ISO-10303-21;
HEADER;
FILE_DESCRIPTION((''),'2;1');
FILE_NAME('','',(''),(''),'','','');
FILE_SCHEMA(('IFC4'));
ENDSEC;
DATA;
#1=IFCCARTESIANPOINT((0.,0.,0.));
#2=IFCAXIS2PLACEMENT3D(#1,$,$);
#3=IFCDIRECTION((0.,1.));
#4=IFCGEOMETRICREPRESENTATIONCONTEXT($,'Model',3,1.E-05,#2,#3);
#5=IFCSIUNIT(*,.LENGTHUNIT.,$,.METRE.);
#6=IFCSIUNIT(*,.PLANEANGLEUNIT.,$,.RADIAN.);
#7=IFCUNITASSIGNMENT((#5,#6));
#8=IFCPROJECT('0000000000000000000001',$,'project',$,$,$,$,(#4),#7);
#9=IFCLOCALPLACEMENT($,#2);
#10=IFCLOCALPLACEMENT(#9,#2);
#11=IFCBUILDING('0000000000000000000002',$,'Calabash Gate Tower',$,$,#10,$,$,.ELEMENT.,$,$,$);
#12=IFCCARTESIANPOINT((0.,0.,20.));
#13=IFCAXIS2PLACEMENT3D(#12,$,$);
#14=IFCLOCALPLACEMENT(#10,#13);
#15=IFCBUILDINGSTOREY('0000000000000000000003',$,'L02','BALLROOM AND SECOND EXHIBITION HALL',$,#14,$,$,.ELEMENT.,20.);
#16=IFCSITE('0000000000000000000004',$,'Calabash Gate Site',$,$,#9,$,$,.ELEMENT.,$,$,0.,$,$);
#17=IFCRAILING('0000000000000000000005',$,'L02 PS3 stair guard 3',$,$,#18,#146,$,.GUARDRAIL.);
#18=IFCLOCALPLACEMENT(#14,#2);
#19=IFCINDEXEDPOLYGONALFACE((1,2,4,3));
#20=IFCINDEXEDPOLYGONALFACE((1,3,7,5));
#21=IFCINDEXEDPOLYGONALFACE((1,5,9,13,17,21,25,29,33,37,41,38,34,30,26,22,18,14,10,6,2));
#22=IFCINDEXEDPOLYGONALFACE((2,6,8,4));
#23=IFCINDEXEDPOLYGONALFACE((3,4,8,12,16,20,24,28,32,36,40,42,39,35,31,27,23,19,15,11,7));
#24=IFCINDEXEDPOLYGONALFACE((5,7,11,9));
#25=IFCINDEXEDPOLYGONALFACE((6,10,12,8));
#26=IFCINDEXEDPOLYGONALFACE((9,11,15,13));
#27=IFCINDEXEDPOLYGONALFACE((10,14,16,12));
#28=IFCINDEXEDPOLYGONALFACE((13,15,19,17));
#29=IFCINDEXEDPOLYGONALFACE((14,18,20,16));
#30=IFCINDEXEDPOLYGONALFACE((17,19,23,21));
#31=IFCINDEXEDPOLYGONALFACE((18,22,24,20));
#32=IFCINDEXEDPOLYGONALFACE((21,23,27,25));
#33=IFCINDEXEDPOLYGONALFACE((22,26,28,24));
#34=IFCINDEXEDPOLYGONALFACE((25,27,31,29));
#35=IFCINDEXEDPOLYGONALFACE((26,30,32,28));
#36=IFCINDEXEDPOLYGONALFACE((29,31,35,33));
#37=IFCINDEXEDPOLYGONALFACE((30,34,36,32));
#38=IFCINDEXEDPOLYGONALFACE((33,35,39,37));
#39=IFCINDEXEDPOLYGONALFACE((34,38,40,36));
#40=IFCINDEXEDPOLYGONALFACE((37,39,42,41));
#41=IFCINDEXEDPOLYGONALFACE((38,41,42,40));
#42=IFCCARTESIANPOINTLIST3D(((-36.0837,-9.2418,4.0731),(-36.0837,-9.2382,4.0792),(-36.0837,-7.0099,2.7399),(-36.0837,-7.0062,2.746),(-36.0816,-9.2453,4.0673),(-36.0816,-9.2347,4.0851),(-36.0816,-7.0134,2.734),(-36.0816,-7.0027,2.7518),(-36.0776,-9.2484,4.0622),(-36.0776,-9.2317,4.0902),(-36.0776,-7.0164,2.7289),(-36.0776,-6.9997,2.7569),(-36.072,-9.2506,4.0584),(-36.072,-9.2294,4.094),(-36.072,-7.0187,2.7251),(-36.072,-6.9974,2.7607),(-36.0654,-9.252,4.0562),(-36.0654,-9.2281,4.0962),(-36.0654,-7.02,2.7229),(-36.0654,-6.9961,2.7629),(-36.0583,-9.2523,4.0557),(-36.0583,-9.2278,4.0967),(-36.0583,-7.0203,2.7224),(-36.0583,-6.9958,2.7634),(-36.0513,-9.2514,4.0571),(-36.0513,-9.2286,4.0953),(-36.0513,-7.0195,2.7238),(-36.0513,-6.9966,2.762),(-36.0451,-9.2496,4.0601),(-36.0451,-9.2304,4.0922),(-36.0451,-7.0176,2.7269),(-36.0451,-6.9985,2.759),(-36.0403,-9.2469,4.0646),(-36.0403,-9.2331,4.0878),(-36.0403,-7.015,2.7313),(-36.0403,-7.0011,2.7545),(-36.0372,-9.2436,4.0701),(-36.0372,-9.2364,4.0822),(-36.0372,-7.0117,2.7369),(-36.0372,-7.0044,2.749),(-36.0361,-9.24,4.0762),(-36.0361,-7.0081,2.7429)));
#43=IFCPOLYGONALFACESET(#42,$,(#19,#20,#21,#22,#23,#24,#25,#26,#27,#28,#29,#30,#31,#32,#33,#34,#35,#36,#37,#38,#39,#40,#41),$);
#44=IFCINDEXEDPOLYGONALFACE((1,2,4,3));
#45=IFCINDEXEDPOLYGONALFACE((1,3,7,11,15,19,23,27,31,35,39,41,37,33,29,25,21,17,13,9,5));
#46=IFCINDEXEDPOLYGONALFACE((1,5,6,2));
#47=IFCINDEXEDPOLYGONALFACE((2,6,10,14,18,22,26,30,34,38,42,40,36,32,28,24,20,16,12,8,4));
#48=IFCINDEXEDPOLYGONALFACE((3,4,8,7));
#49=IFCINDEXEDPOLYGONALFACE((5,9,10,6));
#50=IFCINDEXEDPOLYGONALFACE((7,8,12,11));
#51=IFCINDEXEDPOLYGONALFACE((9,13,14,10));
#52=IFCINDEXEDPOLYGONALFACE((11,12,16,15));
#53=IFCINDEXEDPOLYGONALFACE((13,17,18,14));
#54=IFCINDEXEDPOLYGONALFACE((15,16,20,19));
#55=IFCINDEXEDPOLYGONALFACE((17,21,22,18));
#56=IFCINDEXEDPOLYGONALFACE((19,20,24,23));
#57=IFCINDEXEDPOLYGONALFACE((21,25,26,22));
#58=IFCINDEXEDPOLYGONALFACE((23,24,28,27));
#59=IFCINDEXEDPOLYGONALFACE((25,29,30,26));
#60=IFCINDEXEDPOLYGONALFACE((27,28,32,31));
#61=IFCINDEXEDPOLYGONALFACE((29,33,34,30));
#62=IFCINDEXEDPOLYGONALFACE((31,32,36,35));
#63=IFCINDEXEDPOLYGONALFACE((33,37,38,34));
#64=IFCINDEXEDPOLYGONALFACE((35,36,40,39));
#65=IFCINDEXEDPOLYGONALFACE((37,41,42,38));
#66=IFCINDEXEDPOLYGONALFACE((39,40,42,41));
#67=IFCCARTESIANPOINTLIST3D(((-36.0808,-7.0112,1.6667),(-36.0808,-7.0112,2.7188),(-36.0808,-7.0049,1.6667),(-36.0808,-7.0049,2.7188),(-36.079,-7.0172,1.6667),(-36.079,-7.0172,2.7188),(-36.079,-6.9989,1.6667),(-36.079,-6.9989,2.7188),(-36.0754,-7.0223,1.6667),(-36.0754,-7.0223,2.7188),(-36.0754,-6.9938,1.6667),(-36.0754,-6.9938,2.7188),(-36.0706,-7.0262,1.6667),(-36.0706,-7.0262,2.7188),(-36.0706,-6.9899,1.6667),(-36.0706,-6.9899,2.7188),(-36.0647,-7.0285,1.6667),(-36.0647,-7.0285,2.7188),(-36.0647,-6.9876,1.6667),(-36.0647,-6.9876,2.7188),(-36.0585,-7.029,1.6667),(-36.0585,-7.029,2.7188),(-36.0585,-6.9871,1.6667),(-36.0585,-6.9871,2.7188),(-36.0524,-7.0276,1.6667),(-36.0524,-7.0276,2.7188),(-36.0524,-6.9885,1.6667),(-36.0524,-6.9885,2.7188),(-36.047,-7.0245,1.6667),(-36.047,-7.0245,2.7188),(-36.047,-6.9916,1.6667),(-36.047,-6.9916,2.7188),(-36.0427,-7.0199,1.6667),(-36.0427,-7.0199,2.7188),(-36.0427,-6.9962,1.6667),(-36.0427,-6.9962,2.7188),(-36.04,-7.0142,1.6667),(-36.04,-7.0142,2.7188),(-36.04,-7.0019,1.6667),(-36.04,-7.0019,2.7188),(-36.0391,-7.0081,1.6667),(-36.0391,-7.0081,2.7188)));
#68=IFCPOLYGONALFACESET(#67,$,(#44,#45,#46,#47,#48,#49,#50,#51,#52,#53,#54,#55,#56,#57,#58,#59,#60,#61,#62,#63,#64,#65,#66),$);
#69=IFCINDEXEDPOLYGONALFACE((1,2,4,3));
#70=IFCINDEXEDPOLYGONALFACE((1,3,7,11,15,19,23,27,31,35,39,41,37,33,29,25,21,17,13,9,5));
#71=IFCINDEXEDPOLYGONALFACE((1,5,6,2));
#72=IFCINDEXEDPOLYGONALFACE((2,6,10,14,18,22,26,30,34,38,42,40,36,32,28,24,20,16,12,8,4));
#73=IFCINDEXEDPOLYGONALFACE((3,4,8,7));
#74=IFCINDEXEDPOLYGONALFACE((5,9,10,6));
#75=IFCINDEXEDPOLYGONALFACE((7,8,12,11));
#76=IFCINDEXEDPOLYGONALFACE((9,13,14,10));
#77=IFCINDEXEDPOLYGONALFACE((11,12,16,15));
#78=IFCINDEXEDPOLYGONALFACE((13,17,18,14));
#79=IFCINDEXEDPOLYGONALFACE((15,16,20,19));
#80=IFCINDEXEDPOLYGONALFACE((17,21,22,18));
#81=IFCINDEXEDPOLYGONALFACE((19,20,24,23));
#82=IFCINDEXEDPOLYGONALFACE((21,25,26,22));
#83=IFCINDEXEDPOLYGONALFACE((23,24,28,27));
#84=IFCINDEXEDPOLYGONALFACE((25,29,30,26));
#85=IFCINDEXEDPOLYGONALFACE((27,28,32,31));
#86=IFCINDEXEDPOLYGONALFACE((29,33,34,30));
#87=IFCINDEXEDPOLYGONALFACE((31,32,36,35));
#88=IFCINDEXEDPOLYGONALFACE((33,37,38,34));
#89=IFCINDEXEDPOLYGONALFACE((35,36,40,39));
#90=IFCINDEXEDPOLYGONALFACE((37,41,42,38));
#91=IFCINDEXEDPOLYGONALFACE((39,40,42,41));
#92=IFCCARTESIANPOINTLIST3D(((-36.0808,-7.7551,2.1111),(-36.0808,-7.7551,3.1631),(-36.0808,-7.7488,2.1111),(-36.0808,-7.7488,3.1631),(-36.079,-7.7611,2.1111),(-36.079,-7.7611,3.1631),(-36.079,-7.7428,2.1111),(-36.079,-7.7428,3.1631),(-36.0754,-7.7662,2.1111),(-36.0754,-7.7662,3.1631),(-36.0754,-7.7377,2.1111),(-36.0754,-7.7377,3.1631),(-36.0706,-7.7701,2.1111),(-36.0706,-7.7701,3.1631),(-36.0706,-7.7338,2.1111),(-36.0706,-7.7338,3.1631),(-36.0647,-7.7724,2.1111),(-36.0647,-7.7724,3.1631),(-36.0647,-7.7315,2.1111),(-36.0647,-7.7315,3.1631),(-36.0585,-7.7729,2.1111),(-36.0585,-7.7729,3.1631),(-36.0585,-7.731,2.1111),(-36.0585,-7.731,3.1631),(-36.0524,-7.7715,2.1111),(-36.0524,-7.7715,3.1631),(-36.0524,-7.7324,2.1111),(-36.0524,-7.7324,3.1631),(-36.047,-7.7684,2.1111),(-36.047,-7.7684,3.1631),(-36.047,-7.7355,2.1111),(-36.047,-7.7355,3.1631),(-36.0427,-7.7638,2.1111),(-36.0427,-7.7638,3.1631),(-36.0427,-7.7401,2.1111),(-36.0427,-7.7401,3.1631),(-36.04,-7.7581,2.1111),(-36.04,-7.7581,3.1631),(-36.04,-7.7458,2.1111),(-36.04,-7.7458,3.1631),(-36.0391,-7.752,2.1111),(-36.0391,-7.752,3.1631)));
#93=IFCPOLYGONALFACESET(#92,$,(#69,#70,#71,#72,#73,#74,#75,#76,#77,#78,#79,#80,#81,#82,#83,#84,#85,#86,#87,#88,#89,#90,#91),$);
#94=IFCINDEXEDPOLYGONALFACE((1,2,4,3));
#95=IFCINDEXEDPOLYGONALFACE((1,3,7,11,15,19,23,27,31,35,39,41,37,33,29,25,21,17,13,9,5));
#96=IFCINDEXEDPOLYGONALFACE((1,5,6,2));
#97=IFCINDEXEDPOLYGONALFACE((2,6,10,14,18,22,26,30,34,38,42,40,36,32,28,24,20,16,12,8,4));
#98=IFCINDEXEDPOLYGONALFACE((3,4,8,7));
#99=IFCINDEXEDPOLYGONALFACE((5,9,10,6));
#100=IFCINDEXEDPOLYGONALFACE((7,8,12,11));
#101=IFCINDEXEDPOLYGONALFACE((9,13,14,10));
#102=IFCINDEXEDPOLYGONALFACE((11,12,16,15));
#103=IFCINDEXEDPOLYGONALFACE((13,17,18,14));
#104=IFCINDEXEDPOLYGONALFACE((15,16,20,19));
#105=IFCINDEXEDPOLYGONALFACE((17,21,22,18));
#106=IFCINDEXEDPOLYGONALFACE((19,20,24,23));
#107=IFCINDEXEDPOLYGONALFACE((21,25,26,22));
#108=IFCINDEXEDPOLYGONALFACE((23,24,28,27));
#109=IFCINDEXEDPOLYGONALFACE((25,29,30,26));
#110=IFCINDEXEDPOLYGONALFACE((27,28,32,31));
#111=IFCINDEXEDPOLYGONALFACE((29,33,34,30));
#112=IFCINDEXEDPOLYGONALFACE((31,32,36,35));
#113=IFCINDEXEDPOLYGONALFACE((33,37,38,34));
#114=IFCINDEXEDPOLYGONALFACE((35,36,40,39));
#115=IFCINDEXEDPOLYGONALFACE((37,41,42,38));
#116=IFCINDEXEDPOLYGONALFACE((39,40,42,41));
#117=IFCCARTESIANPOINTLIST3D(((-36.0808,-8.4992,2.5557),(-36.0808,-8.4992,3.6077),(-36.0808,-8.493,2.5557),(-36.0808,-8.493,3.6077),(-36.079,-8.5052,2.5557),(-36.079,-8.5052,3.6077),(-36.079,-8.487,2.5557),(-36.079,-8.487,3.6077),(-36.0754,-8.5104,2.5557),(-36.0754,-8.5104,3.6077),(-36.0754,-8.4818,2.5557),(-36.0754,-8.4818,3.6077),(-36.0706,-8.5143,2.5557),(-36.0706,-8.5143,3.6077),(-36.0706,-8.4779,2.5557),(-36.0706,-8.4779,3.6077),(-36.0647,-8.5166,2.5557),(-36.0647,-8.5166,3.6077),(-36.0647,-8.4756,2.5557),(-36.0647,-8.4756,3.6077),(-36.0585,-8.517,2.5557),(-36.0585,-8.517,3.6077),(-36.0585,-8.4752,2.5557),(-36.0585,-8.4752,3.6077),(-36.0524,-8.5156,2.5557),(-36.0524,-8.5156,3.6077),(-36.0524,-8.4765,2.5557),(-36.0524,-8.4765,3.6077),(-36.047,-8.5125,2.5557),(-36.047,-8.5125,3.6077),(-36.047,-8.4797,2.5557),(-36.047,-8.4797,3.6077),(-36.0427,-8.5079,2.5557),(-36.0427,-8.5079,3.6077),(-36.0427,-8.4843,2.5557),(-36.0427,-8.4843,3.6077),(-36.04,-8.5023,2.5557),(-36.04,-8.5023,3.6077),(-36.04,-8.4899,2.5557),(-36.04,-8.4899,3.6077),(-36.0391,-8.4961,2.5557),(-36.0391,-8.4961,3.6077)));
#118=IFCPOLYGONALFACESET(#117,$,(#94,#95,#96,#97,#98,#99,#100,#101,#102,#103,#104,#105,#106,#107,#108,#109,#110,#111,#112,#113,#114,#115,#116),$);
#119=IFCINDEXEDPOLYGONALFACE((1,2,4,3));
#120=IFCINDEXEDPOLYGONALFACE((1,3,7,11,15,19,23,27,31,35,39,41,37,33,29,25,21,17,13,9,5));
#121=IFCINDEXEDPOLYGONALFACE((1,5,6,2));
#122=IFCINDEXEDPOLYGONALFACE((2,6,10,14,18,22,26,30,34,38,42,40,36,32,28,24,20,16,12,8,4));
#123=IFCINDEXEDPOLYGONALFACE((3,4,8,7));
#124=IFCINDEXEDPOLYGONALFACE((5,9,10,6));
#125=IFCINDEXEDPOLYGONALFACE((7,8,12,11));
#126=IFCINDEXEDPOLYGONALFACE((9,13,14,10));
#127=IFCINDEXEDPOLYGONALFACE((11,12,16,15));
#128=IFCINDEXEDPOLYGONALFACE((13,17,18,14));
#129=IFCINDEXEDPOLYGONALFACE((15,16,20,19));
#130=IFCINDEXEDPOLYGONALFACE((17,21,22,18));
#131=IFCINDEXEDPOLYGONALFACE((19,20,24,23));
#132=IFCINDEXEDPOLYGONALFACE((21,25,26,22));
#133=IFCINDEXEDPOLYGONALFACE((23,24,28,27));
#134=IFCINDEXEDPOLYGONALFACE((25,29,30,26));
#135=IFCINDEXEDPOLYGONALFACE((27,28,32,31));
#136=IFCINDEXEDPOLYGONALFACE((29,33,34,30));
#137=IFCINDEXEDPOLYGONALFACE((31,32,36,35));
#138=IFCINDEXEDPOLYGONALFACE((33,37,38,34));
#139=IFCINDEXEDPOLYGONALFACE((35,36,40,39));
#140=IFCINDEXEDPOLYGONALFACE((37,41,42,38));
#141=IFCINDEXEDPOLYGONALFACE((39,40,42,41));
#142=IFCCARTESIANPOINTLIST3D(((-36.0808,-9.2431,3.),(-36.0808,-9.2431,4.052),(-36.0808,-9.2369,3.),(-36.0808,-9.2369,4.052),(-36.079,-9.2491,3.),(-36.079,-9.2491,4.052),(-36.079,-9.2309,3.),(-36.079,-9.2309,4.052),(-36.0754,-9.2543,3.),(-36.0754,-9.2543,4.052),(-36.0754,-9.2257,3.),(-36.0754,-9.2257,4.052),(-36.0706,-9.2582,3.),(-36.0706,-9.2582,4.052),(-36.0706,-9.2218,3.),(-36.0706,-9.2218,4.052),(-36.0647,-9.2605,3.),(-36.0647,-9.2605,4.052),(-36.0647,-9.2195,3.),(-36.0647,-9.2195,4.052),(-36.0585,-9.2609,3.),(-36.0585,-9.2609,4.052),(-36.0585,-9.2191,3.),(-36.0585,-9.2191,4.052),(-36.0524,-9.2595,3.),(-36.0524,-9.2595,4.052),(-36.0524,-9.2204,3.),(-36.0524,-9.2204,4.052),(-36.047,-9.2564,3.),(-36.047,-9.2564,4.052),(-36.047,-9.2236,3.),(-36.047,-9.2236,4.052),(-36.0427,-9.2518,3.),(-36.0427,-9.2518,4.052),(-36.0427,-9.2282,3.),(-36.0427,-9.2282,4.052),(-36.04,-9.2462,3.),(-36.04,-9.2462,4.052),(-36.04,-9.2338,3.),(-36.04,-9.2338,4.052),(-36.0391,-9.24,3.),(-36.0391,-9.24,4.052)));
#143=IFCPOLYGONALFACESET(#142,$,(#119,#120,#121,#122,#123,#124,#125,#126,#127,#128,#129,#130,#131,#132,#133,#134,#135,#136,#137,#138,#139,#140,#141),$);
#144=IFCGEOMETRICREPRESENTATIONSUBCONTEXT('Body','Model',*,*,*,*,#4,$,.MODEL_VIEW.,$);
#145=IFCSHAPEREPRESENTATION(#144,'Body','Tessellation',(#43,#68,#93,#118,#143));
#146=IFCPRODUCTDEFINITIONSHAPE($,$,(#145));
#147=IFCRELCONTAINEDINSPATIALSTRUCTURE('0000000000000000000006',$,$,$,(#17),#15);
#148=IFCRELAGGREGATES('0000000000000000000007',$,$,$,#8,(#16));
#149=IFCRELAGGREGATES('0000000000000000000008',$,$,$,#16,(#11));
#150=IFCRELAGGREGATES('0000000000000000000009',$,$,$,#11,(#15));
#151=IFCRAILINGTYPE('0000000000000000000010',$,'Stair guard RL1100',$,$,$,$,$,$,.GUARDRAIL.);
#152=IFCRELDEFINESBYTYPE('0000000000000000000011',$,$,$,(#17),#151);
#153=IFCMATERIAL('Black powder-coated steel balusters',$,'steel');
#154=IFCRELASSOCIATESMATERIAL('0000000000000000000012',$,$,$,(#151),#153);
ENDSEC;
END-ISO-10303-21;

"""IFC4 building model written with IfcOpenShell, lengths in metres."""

from ifc_helpers import new_model, si_unit, direction, frame, origin, origin_2d, place, context, subcontext, project, spatial, circle, extrude, material, type_object, element, save


model = new_model("IFC4")

# Units and contexts
model_context = context("Model", 3, precision=1e-05, world=origin(), true_north=direction((0.0, 1.0)))
body_context = subcontext(model_context, "Body", "Model", "MODEL_VIEW")
ifc_project = project(units=[si_unit("LENGTHUNIT", "METRE"), si_unit("PLANEANGLEUNIT", "RADIAN")], contexts=[model_context])

# Site, building, storey
site_placement = place(None, origin())
site = spatial("IfcSite", under=ifc_project, at=site_placement, Name="Calabash Gate Site", CompositionType="ELEMENT", RefElevation=0.0)
building_placement = place(site_placement, origin())
building = spatial("IfcBuilding", under=site, at=building_placement, Name="Calabash Gate Tower", CompositionType="ELEMENT")
storey_placement = place(building_placement, frame((0.0, 0.0, 20.0)))
storey = spatial("IfcBuildingStorey", under=building, at=storey_placement, Name="L02", Description="BALLROOM AND SECOND EXHIBITION HALL", CompositionType="ELEMENT", Elevation=20.0)

# Railing
ifc_material_1 = material(Name="Black powder-coated steel balusters", Category="steel")
railing_type_1 = type_object("IfcRailingType", Name="Stair guard RL1100", PredefinedType="GUARDRAIL", material=ifc_material_1)
railing_1_placement = place(storey_placement, frame((-36.0601, -7.0081, 1.6667)))
element("IfcRailing", 1, at=railing_1_placement, inside=storey, type_object=railing_type_1, Name="L02 PS3 stair guard 3", PredefinedType="GUARDRAIL", context=body_context, shape_type="SweptSolid", body=[
    extrude(circle(Radius=0.0239, at=origin_2d()), frame((0.0, 0.0, 1.0762), z_axis=(0.0, -0.858494, 0.512824), x_axis=(1.0, 0.0, 0.0)), (0.0, 0.0, 1.0), 2.5999),
    extrude(circle(Radius=0.021, at=origin_2d()), origin(), (0.0, 0.0, 1.0), 1.052),
    extrude(circle(Radius=0.021, at=origin_2d()), frame((0.0, -0.7439, 0.4443)), (0.0, 0.0, 1.0), 1.052),
    extrude(circle(Radius=0.021, at=origin_2d()), frame((0.0, -1.488, 0.8889)), (0.0, 0.0, 1.0), 1.052),
    extrude(circle(Radius=0.021, at=origin_2d()), frame((0.0, -2.2319, 1.3333)), (0.0, 0.0, 1.0), 1.052),
])

save(model, "model.ifc")
